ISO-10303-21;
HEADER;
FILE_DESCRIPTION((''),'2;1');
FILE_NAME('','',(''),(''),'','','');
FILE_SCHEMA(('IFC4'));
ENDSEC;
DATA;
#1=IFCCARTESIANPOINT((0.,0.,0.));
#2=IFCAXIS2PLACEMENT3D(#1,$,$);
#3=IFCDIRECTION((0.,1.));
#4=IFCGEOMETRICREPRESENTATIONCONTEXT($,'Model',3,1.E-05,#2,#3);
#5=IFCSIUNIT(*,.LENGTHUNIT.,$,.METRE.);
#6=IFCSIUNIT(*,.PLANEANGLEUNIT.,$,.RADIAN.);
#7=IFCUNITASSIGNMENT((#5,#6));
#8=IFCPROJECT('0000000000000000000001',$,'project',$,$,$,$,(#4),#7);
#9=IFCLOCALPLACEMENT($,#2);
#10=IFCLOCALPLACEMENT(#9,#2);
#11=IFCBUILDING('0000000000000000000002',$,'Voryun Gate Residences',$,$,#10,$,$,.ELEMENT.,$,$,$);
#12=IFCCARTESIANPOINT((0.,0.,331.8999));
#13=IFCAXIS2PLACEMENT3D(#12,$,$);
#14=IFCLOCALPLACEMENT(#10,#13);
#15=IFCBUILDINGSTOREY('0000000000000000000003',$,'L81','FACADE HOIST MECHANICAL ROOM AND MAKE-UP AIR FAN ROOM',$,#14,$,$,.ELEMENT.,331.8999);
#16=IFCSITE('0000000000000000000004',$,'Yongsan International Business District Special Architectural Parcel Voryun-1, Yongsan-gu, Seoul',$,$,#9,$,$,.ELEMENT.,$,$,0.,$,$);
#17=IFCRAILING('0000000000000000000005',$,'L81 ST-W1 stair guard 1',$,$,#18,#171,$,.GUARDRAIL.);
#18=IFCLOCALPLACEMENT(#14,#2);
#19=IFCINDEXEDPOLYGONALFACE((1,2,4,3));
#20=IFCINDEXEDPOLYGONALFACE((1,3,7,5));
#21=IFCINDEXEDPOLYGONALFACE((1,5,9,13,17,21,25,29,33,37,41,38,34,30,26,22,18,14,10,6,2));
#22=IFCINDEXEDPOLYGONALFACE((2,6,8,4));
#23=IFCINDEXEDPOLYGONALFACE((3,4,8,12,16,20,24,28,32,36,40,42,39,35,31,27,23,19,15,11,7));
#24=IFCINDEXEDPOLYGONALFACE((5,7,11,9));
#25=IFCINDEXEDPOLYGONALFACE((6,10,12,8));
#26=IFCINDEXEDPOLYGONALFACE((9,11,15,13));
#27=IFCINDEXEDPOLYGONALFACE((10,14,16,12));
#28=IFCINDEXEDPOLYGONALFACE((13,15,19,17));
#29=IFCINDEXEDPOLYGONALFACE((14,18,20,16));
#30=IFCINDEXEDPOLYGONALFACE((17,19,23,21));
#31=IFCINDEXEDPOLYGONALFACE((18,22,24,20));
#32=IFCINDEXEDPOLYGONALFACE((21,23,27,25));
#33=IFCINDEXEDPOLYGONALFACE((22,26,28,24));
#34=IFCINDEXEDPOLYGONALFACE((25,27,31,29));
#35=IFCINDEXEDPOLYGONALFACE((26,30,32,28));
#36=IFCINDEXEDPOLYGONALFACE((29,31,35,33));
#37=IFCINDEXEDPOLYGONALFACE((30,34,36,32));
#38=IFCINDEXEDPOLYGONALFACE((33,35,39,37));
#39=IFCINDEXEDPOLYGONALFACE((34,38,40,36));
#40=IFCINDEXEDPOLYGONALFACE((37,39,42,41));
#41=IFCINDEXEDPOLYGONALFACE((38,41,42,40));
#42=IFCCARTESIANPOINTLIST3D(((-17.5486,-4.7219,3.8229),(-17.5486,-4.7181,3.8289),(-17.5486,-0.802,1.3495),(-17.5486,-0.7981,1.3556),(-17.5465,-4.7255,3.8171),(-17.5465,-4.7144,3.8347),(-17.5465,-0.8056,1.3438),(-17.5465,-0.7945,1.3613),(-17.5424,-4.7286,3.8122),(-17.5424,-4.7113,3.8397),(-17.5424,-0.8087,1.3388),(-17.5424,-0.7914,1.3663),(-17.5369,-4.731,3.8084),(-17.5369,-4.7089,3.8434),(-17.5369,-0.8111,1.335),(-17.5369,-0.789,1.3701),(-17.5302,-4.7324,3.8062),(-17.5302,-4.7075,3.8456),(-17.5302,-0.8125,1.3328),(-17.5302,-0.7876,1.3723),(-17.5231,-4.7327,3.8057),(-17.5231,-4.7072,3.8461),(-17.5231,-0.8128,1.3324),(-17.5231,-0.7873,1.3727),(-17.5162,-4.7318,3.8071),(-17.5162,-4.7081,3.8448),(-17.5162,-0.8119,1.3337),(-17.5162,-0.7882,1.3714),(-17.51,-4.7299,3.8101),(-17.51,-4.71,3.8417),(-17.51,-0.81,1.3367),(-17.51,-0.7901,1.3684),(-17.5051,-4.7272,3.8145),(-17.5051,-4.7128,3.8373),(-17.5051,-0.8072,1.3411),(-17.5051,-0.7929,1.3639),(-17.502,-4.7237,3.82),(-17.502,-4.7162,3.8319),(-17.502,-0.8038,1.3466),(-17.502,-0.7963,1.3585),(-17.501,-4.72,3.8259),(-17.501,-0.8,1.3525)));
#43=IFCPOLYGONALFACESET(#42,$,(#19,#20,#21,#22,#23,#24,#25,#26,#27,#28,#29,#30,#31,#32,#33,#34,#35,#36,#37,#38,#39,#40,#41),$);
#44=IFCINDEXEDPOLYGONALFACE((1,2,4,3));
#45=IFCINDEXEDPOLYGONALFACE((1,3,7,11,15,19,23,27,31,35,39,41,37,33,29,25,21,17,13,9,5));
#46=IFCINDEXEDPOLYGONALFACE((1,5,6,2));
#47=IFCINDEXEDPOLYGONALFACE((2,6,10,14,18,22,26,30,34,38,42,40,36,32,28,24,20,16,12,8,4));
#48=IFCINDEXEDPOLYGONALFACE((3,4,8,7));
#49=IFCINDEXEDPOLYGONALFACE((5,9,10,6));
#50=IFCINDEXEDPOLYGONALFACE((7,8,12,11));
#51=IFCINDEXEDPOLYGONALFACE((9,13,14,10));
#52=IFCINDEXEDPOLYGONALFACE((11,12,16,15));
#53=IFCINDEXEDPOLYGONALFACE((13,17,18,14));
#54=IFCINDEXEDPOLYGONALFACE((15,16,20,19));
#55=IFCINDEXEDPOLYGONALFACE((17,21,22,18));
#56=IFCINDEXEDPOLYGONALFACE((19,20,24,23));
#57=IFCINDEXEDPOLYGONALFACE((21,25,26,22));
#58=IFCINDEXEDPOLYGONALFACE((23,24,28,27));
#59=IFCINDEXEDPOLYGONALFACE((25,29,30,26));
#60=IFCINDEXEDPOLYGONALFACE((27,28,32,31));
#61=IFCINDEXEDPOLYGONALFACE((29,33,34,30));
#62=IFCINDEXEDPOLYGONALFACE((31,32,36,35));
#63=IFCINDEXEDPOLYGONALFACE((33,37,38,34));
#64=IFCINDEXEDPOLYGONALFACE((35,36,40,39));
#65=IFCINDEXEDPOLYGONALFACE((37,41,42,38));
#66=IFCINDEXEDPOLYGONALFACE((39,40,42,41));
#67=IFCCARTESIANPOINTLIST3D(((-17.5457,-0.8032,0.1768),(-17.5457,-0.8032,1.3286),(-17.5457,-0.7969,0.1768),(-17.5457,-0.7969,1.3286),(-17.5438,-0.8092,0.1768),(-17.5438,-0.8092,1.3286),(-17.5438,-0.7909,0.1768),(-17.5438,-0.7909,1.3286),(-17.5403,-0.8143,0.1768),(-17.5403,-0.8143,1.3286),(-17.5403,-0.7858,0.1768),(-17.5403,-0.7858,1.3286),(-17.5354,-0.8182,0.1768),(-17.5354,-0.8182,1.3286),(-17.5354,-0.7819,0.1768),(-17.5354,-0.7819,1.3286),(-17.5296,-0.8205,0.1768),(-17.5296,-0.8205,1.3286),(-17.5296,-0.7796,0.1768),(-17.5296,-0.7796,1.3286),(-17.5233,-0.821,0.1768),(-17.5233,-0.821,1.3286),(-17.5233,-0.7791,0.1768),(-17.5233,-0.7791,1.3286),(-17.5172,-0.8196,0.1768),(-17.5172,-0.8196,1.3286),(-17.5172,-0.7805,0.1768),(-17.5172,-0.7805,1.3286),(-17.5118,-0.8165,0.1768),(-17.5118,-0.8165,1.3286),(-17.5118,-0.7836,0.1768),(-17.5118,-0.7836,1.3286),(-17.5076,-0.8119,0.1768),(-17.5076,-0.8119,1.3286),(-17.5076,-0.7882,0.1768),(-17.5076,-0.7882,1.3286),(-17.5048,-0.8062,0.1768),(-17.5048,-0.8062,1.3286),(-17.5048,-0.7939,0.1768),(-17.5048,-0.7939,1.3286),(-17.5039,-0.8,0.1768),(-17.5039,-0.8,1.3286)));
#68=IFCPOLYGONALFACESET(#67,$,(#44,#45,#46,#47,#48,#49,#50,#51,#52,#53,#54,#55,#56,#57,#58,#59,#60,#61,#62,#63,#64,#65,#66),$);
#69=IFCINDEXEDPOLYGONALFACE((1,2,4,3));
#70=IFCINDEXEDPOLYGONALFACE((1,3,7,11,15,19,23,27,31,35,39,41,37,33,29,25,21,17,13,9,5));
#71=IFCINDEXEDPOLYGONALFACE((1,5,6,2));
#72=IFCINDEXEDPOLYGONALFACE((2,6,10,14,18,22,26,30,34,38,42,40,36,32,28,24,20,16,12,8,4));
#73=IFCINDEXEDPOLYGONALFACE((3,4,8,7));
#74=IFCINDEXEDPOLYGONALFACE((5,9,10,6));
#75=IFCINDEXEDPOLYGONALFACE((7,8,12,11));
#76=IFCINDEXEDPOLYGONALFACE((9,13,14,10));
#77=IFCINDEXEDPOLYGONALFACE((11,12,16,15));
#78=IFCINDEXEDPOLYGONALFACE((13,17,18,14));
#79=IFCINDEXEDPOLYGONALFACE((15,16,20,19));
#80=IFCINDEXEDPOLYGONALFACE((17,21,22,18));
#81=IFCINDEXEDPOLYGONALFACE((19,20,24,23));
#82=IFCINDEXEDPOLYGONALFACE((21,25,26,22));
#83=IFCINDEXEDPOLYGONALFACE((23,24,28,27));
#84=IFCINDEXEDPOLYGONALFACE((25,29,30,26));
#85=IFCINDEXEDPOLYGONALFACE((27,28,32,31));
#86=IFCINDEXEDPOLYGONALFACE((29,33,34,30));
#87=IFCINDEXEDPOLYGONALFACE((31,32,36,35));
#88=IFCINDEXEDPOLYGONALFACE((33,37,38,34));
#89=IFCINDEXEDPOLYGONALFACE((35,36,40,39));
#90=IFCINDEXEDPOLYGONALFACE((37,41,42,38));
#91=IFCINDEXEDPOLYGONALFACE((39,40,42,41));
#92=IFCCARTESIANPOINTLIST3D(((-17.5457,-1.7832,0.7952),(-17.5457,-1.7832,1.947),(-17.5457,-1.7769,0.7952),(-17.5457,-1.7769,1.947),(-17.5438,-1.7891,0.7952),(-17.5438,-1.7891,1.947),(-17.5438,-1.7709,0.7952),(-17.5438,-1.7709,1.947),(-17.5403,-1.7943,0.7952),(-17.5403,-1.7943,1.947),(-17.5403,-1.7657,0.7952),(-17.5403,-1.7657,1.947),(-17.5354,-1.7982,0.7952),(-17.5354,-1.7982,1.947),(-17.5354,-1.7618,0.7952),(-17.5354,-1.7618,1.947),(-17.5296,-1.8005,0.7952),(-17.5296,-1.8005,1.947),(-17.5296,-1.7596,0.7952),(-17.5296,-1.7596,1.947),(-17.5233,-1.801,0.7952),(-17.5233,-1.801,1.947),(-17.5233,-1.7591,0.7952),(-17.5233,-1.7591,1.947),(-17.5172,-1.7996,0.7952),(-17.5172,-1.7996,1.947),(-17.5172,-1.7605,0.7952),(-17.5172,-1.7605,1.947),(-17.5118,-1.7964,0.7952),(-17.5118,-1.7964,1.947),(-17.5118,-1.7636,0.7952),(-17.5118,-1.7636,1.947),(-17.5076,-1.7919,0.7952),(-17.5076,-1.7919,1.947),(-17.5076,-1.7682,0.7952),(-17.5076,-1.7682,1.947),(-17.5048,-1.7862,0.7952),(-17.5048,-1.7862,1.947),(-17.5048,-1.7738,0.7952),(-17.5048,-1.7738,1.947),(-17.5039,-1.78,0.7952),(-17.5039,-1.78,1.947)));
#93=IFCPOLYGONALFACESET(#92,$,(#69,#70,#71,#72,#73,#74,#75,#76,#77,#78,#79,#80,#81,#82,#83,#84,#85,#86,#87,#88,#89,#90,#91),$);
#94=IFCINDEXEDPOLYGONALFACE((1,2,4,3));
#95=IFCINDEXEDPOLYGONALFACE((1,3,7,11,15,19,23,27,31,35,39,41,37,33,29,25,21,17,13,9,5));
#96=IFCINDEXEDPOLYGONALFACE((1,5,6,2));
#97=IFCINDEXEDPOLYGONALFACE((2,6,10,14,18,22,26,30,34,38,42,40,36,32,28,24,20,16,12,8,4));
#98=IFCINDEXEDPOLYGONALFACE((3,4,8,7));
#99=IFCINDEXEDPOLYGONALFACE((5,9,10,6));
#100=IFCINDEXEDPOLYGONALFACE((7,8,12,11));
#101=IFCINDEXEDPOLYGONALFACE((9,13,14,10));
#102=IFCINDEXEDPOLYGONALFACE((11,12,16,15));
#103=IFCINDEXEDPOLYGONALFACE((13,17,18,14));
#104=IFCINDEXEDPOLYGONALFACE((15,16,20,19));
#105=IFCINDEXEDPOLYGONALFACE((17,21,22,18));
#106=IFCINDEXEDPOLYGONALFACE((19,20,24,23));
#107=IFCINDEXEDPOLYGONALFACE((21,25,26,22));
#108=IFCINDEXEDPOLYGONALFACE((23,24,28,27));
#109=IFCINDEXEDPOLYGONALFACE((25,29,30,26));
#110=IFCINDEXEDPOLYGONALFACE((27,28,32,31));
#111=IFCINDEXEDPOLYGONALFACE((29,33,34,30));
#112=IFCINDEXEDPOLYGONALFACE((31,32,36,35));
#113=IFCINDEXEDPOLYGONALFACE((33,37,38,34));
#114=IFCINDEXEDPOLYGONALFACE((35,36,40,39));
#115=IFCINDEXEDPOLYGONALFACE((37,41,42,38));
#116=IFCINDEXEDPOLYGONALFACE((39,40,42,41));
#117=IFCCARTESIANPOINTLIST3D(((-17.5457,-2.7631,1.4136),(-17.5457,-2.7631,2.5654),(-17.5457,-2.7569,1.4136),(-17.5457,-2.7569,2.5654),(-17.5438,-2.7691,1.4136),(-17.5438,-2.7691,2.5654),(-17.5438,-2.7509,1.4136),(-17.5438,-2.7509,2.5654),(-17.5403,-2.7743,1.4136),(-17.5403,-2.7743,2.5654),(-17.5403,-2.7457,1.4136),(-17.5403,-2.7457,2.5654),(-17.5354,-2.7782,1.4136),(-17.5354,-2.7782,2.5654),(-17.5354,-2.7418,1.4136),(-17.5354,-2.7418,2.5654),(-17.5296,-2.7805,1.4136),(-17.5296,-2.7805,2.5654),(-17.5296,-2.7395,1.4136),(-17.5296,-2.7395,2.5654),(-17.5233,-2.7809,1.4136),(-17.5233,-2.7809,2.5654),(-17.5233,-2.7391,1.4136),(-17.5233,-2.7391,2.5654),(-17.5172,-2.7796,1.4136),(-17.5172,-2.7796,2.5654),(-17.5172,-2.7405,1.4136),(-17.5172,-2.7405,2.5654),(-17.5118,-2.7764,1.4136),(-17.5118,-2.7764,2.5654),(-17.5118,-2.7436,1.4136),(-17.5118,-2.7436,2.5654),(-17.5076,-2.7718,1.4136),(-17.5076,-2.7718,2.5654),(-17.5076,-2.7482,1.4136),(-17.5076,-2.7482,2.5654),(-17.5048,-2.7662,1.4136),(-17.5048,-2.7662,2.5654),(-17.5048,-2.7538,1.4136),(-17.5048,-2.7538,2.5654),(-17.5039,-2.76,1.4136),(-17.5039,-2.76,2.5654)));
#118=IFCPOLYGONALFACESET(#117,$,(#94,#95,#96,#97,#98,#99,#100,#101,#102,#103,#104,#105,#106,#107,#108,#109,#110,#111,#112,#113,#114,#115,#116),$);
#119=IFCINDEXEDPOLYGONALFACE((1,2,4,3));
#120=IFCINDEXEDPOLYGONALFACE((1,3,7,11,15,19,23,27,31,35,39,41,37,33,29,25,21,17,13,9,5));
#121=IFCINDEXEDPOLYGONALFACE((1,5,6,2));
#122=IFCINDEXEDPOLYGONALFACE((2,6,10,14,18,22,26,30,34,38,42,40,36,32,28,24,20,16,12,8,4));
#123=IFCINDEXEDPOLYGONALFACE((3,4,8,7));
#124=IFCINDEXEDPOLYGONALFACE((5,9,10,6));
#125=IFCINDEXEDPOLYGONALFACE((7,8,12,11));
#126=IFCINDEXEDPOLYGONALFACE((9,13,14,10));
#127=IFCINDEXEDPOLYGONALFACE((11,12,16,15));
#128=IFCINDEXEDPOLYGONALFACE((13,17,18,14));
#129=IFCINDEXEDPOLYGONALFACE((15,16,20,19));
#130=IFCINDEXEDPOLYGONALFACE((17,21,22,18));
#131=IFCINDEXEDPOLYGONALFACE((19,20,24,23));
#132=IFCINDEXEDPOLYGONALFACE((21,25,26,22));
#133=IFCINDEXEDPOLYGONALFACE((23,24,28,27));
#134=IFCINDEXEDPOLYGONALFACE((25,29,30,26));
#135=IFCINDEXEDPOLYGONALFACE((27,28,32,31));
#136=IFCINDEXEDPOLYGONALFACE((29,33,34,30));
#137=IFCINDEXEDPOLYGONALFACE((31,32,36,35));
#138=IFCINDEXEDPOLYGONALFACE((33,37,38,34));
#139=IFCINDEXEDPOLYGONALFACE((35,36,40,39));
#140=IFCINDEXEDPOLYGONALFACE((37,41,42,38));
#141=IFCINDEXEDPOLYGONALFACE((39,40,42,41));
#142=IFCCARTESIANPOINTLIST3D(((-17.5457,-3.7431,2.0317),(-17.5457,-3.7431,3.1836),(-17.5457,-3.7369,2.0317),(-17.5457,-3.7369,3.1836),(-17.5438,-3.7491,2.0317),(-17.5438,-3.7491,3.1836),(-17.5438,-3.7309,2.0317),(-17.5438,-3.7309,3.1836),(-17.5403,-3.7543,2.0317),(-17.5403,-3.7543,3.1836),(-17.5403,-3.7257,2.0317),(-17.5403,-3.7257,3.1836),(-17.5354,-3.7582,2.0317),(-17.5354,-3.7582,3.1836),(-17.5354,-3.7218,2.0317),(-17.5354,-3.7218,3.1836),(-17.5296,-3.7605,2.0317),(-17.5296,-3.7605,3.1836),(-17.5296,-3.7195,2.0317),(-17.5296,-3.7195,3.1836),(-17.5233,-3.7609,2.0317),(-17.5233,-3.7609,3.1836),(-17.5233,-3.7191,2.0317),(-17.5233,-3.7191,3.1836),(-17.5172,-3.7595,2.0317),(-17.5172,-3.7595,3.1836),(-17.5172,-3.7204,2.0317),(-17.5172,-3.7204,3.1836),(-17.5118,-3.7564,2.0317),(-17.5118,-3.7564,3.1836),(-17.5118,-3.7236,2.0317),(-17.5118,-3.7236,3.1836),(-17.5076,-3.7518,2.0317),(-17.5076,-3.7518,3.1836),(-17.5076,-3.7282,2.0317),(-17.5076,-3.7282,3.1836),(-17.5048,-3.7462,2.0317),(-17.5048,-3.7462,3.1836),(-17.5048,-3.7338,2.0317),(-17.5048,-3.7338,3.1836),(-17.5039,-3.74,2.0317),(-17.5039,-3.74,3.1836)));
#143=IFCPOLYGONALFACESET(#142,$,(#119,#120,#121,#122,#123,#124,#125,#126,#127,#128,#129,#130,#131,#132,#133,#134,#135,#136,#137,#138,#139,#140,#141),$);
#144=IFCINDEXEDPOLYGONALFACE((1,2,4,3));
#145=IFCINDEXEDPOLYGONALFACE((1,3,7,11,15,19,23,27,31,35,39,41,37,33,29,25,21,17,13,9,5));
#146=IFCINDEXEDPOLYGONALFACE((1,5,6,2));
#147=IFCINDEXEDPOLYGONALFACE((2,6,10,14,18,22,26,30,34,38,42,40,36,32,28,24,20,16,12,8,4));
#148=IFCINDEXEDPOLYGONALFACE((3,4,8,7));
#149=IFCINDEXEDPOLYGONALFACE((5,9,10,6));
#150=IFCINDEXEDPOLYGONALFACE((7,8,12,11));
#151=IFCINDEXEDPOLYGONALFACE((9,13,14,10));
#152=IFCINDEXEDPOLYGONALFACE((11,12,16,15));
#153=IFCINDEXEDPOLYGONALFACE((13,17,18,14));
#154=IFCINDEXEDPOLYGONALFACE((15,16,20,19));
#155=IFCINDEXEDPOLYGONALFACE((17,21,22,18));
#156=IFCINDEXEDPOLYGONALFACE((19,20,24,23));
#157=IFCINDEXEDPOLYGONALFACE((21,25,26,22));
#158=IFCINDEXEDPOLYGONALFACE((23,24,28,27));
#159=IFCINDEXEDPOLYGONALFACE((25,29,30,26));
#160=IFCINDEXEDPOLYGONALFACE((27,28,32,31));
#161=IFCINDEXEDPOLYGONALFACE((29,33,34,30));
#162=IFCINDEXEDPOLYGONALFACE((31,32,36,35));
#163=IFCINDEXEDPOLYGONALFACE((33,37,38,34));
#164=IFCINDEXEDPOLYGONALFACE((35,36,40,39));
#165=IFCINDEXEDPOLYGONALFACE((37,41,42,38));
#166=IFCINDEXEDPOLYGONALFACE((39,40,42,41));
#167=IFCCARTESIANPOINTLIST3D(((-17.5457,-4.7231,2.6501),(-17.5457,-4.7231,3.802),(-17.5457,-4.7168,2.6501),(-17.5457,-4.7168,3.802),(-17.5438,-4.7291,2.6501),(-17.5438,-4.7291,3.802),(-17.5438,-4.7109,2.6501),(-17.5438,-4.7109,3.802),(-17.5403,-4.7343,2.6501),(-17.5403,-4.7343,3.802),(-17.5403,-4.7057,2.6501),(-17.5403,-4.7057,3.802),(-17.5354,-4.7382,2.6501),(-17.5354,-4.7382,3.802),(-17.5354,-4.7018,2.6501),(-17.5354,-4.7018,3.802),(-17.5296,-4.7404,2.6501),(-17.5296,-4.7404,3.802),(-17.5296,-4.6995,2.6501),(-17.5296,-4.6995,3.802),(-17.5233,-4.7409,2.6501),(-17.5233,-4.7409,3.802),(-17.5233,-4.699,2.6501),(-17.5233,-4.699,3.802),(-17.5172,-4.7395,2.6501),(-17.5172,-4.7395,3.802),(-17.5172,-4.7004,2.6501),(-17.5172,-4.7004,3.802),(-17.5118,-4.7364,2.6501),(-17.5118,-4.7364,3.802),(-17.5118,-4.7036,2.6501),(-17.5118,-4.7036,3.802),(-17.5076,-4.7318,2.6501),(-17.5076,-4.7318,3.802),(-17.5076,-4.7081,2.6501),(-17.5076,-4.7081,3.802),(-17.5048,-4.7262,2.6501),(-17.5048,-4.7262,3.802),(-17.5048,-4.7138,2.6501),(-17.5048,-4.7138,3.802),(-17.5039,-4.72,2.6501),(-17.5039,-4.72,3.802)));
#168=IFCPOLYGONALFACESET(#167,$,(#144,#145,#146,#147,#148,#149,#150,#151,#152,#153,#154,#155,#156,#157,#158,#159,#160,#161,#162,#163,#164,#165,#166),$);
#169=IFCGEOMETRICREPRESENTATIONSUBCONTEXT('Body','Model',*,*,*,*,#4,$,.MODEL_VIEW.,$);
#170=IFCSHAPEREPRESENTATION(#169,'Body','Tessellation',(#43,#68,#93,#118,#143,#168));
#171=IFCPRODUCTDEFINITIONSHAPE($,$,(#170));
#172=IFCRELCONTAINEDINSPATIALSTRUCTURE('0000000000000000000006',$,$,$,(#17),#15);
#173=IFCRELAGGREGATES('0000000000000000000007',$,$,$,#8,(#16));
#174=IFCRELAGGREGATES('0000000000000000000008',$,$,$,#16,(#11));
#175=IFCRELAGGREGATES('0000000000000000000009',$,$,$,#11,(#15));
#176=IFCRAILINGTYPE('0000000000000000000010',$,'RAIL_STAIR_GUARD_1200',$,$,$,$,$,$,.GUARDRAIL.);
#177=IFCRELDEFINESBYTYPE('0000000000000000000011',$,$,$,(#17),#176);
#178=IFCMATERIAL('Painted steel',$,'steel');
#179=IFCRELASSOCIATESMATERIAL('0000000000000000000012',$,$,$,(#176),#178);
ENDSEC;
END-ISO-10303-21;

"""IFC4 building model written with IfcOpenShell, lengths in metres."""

from ifc_helpers import new_model, si_unit, direction, frame, origin, origin_2d, place, context, subcontext, project, spatial, circle, extrude, material, type_object, element, save


model = new_model("IFC4")

# Units and contexts
model_context = context("Model", 3, precision=1e-05, world=origin(), true_north=direction((0.0, 1.0)))
body_context = subcontext(model_context, "Body", "Model", "MODEL_VIEW")
ifc_project = project(units=[si_unit("LENGTHUNIT", "METRE"), si_unit("PLANEANGLEUNIT", "RADIAN")], contexts=[model_context])

# Site, building, storey
site_placement = place(None, origin())
site = spatial("IfcSite", under=ifc_project, at=site_placement, Name="Yongsan International Business District Special Architectural Parcel Voryun-1, Yongsan-gu, Seoul", CompositionType="ELEMENT", RefElevation=0.0)
building_placement = place(site_placement, origin())
building = spatial("IfcBuilding", under=site, at=building_placement, Name="Voryun Gate Residences", CompositionType="ELEMENT")
storey_placement = place(building_placement, frame((0.0, 0.0, 331.8999)))
storey = spatial("IfcBuildingStorey", under=building, at=storey_placement, Name="L81", Description="FACADE HOIST MECHANICAL ROOM AND MAKE-UP AIR FAN ROOM", CompositionType="ELEMENT", Elevation=331.8999)

# Railing
ifc_material_1 = material(Name="Painted steel", Category="steel")
railing_type_1 = type_object("IfcRailingType", Name="RAIL_STAIR_GUARD_1200", PredefinedType="GUARDRAIL", material=ifc_material_1)
railing_1_placement = place(storey_placement, frame((-17.5249, -0.8, 0.1768)))
element("IfcRailing", 1, at=railing_1_placement, inside=storey, type_object=railing_type_1, Name="L81 ST-W1 stair guard 1", PredefinedType="GUARDRAIL", context=body_context, shape_type="SweptSolid", body=[
    extrude(circle(Radius=0.0239, at=origin_2d()), frame((0.0, 0.0, 1.1758), z_axis=(0.0, -0.845718, 0.53363), x_axis=(1.0, 0.0, 0.0)), (0.0, 0.0, 1.0), 4.635),
    extrude(circle(Radius=0.021, at=origin_2d()), origin(), (0.0, 0.0, 1.0), 1.1519),
    extrude(circle(Radius=0.021, at=origin_2d()), frame((0.0, -0.98, 0.6184)), (0.0, 0.0, 1.0), 1.1519),
    extrude(circle(Radius=0.021, at=origin_2d()), frame((0.0, -1.96, 1.2368)), (0.0, 0.0, 1.0), 1.1519),
    extrude(circle(Radius=0.021, at=origin_2d()), frame((0.0, -2.9399, 1.855)), (0.0, 0.0, 1.0), 1.1519),
    extrude(circle(Radius=0.021, at=origin_2d()), frame((0.0, -3.9199, 2.4734)), (0.0, 0.0, 1.0), 1.1519),
])

save(model, "model.ifc")
